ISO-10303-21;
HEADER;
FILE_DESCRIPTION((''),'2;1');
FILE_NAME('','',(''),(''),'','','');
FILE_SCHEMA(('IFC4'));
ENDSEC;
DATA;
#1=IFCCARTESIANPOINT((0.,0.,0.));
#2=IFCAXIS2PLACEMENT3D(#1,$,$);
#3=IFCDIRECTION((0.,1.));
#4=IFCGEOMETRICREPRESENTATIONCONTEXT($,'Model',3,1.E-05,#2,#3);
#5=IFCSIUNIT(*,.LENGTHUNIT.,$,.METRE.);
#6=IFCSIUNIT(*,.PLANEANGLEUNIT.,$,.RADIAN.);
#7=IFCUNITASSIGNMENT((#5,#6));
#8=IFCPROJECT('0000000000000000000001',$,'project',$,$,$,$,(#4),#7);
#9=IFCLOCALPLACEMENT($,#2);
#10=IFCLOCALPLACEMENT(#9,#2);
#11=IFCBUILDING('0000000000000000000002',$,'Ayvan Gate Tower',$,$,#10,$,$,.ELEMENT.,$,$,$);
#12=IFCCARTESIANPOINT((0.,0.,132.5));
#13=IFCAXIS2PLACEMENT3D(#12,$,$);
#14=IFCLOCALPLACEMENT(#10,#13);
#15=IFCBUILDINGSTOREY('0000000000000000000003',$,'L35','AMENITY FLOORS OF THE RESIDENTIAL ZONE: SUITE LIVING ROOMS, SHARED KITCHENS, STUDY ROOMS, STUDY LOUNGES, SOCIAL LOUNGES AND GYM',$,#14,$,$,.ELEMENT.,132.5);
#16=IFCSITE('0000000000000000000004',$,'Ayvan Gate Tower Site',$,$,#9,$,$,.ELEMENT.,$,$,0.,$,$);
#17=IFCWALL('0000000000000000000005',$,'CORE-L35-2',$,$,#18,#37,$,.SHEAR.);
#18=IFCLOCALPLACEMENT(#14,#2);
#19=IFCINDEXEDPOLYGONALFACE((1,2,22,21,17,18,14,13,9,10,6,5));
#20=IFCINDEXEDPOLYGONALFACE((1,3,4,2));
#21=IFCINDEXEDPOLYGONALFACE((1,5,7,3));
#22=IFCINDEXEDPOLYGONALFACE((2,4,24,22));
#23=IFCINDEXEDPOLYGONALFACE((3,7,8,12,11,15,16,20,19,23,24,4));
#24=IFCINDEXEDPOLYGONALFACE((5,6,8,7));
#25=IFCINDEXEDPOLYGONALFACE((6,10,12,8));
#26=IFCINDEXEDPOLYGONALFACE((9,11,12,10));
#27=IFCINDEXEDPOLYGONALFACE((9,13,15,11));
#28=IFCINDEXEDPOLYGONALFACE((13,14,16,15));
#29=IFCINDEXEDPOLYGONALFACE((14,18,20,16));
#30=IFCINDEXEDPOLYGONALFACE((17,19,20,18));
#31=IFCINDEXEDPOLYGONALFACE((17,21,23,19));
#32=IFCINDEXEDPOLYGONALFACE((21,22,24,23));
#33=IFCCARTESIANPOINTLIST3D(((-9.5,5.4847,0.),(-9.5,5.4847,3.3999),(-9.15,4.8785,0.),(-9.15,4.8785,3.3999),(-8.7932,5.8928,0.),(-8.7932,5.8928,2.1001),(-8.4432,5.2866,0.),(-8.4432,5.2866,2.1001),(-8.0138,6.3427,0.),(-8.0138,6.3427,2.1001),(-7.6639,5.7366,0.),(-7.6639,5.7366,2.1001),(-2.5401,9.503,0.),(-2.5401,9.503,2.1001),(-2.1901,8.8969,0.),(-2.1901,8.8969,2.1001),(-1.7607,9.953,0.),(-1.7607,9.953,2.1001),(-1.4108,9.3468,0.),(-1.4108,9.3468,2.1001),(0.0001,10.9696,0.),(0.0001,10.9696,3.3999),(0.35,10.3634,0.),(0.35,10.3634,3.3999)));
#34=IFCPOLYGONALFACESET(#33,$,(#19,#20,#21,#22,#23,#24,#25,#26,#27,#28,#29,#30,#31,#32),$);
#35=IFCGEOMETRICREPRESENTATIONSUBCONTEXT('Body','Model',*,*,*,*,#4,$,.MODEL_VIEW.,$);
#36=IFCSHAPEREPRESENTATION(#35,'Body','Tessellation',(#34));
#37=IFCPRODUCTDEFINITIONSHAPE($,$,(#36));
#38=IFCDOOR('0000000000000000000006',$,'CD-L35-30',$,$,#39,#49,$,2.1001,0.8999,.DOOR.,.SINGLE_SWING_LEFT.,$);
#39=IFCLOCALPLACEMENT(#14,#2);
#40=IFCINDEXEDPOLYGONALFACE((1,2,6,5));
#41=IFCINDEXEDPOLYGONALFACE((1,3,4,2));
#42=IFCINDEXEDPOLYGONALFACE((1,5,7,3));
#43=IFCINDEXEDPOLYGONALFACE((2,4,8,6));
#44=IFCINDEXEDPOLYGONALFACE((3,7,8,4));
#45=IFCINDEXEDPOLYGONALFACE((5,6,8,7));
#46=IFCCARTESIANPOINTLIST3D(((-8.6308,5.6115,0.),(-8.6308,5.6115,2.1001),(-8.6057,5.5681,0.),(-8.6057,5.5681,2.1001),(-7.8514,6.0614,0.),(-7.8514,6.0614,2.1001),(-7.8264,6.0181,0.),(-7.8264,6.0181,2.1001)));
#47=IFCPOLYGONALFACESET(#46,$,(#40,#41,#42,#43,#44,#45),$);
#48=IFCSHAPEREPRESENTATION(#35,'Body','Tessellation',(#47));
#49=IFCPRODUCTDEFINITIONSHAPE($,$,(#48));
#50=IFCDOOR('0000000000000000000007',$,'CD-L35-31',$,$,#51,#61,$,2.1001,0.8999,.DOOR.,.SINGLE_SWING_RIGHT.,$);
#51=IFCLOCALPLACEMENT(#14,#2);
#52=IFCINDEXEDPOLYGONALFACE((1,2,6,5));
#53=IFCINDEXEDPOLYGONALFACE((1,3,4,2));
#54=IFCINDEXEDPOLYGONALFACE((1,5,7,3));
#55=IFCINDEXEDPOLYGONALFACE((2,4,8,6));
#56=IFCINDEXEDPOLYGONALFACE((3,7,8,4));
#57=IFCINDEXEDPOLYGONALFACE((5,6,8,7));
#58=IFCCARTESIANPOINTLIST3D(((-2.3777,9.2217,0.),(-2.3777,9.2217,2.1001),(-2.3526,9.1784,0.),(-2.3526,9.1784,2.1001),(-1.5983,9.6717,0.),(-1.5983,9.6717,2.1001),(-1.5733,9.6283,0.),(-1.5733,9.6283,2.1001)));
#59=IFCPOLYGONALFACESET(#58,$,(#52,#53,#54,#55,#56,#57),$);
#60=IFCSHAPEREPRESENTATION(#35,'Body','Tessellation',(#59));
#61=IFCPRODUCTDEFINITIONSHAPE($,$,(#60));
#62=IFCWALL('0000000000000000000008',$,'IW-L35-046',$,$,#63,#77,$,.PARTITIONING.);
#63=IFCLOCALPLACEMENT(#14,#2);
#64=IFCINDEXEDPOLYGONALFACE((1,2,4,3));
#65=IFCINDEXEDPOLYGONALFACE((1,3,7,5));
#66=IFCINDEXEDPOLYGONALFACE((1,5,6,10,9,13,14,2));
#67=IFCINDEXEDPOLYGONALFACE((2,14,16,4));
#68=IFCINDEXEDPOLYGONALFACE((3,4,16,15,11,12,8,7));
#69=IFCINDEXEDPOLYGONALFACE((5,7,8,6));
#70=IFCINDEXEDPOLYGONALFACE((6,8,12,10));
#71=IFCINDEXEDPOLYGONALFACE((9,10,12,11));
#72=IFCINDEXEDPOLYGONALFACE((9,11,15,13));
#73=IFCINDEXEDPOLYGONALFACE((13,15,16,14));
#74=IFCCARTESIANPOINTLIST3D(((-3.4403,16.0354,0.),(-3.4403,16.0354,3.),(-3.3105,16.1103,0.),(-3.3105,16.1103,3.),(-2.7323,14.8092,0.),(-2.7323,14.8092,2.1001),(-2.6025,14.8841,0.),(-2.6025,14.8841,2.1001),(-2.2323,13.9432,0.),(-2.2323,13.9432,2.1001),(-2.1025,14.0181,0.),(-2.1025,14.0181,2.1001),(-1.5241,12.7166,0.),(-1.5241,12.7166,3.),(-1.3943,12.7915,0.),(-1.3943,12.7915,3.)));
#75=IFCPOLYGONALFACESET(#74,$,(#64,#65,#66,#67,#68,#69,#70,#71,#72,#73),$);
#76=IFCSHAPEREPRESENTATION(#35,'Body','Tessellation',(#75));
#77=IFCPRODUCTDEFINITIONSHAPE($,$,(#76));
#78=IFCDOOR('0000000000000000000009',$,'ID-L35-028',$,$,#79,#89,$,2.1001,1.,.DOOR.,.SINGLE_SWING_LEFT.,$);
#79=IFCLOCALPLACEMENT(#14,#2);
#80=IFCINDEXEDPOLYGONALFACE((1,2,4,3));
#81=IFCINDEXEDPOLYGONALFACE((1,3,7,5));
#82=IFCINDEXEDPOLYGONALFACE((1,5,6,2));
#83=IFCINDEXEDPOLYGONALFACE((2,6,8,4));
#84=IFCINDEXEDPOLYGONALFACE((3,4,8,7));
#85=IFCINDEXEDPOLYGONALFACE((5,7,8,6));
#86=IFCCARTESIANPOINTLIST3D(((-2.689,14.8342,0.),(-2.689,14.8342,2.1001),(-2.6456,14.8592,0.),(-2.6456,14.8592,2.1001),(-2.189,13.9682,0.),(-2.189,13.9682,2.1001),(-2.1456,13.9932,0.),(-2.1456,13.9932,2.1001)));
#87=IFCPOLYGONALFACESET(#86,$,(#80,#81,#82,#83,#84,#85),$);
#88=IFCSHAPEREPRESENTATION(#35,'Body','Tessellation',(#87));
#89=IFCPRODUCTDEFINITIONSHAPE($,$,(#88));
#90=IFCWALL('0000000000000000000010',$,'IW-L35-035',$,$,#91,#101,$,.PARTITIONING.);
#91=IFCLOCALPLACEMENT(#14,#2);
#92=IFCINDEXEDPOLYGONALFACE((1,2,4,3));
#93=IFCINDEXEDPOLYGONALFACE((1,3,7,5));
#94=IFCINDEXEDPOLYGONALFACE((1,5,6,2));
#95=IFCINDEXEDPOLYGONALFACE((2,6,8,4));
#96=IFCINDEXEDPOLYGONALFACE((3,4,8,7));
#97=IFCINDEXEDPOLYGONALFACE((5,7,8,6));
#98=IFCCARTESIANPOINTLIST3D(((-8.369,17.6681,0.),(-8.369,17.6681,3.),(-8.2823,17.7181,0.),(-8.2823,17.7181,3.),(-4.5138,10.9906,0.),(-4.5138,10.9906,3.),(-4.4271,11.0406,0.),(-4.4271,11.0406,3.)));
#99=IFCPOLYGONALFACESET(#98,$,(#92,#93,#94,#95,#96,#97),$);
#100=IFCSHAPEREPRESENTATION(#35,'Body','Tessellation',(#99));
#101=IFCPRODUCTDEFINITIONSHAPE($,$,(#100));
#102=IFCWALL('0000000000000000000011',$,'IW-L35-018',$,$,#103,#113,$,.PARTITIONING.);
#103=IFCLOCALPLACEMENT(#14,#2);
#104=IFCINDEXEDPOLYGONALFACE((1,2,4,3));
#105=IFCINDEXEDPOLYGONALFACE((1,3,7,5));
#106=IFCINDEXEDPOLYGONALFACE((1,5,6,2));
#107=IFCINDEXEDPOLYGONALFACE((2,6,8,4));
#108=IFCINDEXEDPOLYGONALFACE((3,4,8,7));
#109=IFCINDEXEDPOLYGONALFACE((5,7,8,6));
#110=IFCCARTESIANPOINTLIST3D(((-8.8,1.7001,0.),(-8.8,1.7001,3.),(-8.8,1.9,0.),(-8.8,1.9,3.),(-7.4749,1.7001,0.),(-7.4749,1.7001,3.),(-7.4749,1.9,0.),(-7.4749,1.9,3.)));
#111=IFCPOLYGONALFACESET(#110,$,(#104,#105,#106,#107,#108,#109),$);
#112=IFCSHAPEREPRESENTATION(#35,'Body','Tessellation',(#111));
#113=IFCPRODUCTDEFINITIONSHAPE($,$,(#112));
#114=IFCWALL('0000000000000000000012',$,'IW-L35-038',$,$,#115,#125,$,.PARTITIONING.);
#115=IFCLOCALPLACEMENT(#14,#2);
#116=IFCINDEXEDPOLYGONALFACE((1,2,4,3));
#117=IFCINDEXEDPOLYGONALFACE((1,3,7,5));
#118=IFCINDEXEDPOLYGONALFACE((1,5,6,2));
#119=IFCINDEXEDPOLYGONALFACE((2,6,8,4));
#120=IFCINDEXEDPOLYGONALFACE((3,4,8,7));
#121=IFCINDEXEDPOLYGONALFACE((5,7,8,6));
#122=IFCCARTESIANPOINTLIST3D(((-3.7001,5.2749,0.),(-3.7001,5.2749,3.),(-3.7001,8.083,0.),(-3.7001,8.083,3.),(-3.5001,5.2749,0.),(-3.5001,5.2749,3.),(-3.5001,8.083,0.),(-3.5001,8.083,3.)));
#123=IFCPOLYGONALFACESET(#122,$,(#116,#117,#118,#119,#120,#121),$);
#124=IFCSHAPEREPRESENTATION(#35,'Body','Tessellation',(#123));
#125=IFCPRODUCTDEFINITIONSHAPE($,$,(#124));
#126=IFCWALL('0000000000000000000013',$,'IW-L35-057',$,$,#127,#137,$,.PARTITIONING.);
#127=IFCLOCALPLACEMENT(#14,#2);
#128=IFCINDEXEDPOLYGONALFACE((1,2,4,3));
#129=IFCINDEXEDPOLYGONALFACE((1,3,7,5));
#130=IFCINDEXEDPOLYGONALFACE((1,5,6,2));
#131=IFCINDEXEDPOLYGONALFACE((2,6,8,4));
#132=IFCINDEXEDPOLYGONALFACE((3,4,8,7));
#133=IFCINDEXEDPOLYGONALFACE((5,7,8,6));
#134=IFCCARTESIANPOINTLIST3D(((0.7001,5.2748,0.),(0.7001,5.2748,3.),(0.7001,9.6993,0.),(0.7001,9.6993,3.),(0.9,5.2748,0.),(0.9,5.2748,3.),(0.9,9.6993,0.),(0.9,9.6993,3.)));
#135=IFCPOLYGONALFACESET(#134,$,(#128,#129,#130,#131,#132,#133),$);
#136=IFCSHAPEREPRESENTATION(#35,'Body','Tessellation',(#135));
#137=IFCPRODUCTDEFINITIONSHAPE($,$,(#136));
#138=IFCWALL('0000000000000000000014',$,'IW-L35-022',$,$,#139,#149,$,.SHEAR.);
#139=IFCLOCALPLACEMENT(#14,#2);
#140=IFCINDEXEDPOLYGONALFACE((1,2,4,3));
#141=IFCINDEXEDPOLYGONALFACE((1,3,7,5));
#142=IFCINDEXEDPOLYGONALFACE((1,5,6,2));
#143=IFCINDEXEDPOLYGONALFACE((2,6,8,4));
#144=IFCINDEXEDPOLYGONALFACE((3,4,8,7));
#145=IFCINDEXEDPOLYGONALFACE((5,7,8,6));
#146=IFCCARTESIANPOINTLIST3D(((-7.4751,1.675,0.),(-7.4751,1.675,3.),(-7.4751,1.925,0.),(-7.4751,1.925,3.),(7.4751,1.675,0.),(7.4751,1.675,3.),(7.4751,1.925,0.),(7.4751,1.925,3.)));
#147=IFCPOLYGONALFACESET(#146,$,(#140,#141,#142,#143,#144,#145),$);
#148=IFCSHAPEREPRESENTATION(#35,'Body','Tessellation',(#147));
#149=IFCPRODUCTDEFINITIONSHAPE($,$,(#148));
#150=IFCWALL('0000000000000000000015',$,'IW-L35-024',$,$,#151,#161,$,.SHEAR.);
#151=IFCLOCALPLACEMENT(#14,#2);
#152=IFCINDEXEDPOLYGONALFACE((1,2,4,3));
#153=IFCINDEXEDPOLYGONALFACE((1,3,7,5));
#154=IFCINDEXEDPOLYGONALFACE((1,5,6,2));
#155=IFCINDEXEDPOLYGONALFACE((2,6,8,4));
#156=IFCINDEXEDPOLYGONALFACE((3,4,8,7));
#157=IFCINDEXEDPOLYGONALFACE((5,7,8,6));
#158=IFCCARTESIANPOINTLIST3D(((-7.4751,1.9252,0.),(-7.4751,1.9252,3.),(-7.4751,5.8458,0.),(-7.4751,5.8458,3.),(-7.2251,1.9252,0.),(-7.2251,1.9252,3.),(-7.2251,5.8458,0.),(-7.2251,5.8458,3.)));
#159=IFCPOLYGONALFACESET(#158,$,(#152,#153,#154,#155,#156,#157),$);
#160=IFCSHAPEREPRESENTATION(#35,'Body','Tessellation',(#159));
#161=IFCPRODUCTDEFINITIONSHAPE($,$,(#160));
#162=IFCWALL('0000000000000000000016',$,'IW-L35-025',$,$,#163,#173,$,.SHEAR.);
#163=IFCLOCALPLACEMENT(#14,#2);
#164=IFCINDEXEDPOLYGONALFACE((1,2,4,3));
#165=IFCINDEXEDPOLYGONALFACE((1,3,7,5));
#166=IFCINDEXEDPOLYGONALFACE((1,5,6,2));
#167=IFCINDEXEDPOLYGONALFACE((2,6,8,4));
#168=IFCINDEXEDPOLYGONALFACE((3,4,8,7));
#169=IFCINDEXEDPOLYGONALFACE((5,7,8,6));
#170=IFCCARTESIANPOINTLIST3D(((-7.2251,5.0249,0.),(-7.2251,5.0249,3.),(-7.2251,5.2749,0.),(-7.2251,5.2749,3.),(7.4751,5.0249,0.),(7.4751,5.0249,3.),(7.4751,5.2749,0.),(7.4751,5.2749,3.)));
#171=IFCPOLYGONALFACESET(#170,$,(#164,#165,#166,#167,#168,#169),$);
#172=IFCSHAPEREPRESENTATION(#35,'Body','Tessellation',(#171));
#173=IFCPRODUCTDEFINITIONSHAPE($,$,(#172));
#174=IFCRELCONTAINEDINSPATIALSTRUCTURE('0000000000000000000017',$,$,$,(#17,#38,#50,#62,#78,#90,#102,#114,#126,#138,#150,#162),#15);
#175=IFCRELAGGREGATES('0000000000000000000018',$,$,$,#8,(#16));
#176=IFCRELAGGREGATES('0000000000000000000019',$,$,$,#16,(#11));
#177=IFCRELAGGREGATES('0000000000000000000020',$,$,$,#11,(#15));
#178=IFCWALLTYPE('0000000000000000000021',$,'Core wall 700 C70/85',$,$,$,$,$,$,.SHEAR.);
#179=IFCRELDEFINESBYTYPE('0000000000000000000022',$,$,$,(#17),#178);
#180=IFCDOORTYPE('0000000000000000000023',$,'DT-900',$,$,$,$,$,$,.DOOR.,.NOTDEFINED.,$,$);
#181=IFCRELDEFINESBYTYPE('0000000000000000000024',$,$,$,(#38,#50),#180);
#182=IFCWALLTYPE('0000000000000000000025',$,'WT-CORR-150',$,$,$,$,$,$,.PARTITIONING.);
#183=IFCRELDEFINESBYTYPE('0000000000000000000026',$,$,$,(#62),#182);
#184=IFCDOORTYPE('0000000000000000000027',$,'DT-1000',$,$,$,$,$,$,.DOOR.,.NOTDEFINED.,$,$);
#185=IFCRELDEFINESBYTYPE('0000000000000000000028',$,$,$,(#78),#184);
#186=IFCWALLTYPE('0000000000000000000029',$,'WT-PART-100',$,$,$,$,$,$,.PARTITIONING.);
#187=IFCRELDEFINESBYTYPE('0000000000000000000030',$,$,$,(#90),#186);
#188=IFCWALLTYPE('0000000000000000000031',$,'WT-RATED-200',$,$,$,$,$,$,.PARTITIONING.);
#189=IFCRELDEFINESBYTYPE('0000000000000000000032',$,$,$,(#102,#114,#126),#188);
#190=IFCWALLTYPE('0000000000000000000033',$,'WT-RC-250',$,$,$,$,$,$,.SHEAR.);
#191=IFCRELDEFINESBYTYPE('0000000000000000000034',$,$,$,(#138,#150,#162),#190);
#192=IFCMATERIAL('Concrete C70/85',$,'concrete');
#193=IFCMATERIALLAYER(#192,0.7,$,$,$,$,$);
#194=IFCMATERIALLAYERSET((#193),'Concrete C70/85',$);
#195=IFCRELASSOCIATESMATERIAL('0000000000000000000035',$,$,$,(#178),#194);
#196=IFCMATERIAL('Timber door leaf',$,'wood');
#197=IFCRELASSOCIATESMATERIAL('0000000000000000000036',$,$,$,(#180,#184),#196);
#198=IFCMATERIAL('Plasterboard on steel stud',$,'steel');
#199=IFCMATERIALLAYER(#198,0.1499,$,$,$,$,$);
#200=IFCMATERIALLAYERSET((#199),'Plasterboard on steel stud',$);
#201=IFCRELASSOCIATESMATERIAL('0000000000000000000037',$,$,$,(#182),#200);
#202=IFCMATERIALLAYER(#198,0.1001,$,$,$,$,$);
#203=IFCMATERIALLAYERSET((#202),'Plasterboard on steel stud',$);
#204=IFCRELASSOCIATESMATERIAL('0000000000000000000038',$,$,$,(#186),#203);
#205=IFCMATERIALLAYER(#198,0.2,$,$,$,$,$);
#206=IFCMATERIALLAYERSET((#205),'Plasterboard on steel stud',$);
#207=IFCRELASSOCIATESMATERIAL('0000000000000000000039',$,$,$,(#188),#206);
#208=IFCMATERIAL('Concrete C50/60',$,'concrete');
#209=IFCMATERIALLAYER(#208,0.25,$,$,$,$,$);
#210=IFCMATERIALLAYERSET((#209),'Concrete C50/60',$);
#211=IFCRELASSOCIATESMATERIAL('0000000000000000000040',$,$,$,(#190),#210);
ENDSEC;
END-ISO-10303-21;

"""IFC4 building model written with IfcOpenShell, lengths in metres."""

from ifc_helpers import new_model, si_unit, direction, frame, frame_2d, origin, place, context, subcontext, project, spatial, rectangle, extrude, material, layer, layer_set, type_object, element, fill, save


model = new_model("IFC4")

# Units and contexts
model_context = context("Model", 3, precision=1e-05, world=origin(), true_north=direction((0.0, 1.0)))
body_context = subcontext(model_context, "Body", "Model", "MODEL_VIEW")
ifc_project = project(units=[si_unit("LENGTHUNIT", "METRE"), si_unit("PLANEANGLEUNIT", "RADIAN")], contexts=[model_context])

# Site, building, storey
site_placement = place(None, origin())
site = spatial("IfcSite", under=ifc_project, at=site_placement, Name="Ayvan Gate Tower Site", CompositionType="ELEMENT", RefElevation=0.0)
building_placement = place(site_placement, origin())
building = spatial("IfcBuilding", under=site, at=building_placement, Name="Ayvan Gate Tower", CompositionType="ELEMENT")
storey_placement = place(building_placement, frame((0.0, 0.0, 132.5)))
storey = spatial("IfcBuildingStorey", under=building, at=storey_placement, Name="L35", Description="AMENITY FLOORS OF THE RESIDENTIAL ZONE: SUITE LIVING ROOMS, SHARED KITCHENS, STUDY ROOMS, STUDY LOUNGES, SOCIAL LOUNGES AND GYM", CompositionType="ELEMENT", Elevation=132.5)

# Wall, openings, doors
ifc_material_1 = material(Name="Concrete C70/85", Category="concrete")
ifc_layer_1 = layer(ifc_material_1, 0.7)
ifc_layer_set_1 = layer_set([ifc_layer_1], Name="Concrete C70/85")
wall_type_1 = type_object("IfcWallType", Name="Core wall 700 C70/85", PredefinedType="SHEAR", material=ifc_layer_set_1)
wall_1_placement = place(storey_placement, frame((0.175, 10.6665, 0.0), z_axis=(0.0, 0.0, 1.0), x_axis=(-0.866024, -0.500002, 0.0)))
wall_1 = element("IfcWall", 1, at=wall_1_placement, inside=storey, type_object=wall_type_1, Name="CORE-L35-2", PredefinedType="SHEAR", context=body_context, shape_type="SweptSolid", body=[
    extrude(rectangle(XDim=10.9697, YDim=0.7, at=frame_2d((5.4849, 0.0))), origin(), (0.0, 0.0, 1.0), 3.3999),
])
opening_1_placement = place(wall_1_placement, frame((9.2537, 0.0, 0.0)))
opening_1 = element("IfcOpeningElement", 2, at=opening_1_placement, cuts=wall_1, PredefinedType="OPENING", context=body_context, shape_type="SweptSolid", body=[
    extrude(rectangle(XDim=0.8999, YDim=2.1001, at=frame_2d((0.45, 1.05))), frame((0.0, 0.3599, 0.0), z_axis=(0.0, -1.0, 0.0), x_axis=(1.0, 0.0, 0.0)), (0.0, 0.0, 1.0), 0.72),
])
opening_2_placement = place(wall_1_placement, frame((2.0332, 0.0, 0.0)))
opening_2 = element("IfcOpeningElement", 3, at=opening_2_placement, cuts=wall_1, PredefinedType="OPENING", context=body_context, shape_type="SweptSolid", body=[
    extrude(rectangle(XDim=0.8999, YDim=2.1001, at=frame_2d((0.45, 1.05))), frame((0.0, 0.3599, 0.0), z_axis=(0.0, -1.0, 0.0), x_axis=(1.0, 0.0, 0.0)), (0.0, 0.0, 1.0), 0.72),
])
ifc_material_2 = material(Name="Timber door leaf", Category="wood")
door_type_1 = type_object("IfcDoorType", Name="DT-900", OperationType="NOTDEFINED", PredefinedType="DOOR", material=ifc_material_2)
door_1_placement = place(opening_1_placement, origin())
door_1 = element("IfcDoor", 4, at=door_1_placement, inside=storey, type_object=door_type_1, Name="CD-L35-30", OperationType="SINGLE_SWING_LEFT", OverallHeight=2.1001, OverallWidth=0.8999, PredefinedType="DOOR", context=body_context, shape_type="SweptSolid", body=[
    extrude(rectangle(XDim=0.8999, YDim=2.1001, at=frame_2d((0.45, 1.05))), frame((0.0, 0.0249, 0.0), z_axis=(0.0, -1.0, 0.0), x_axis=(1.0, 0.0, 0.0)), (0.0, 0.0, 1.0), 0.05),
])
fill(opening_1, door_1)
door_2_placement = place(opening_2_placement, origin())
door_2 = element("IfcDoor", 5, at=door_2_placement, inside=storey, type_object=door_type_1, Name="CD-L35-31", OperationType="SINGLE_SWING_RIGHT", OverallHeight=2.1001, OverallWidth=0.8999, PredefinedType="DOOR", context=body_context, shape_type="SweptSolid", body=[
    extrude(rectangle(XDim=0.8999, YDim=2.1001, at=frame_2d((0.45, 1.05))), frame((0.0, 0.0249, 0.0), z_axis=(0.0, -1.0, 0.0), x_axis=(1.0, 0.0, 0.0)), (0.0, 0.0, 1.0), 0.05),
])
fill(opening_2, door_2)

# Wall, opening, door
ifc_material_3 = material(Name="Plasterboard on steel stud", Category="steel")
ifc_layer_2 = layer(ifc_material_3, 0.1499)
ifc_layer_set_2 = layer_set([ifc_layer_2], Name="Plasterboard on steel stud")
wall_type_2 = type_object("IfcWallType", Name="WT-CORR-150", PredefinedType="PARTITIONING", material=ifc_layer_set_2)
wall_2_placement = place(storey_placement, frame((-1.4592, 12.7542, 0.0), z_axis=(0.0, 0.0, 1.0), x_axis=(-0.500024, 0.866012, 0.0)))
wall_2 = element("IfcWall", 6, at=wall_2_placement, inside=storey, type_object=wall_type_2, Name="IW-L35-046", PredefinedType="PARTITIONING", context=body_context, shape_type="SweptSolid", body=[
    extrude(rectangle(XDim=3.8323, YDim=0.1499, at=frame_2d((1.916, 0.0))), origin(), (0.0, 0.0, 1.0), 3.0),
])
opening_3_placement = place(wall_2_placement, frame((1.4163, 0.0, 0.0)))
opening_3 = element("IfcOpeningElement", 7, at=opening_3_placement, cuts=wall_2, PredefinedType="OPENING", context=body_context, shape_type="SweptSolid", body=[
    extrude(rectangle(XDim=1.0, YDim=2.1001, at=frame_2d((0.5, 1.05))), frame((0.0, 0.085, 0.0), z_axis=(0.0, -1.0, 0.0), x_axis=(1.0, 0.0, 0.0)), (0.0, 0.0, 1.0), 0.1699),
])
door_type_2 = type_object("IfcDoorType", Name="DT-1000", OperationType="NOTDEFINED", PredefinedType="DOOR", material=ifc_material_2)
door_3_placement = place(opening_3_placement, origin())
door_3 = element("IfcDoor", 8, at=door_3_placement, inside=storey, type_object=door_type_2, Name="ID-L35-028", OperationType="SINGLE_SWING_LEFT", OverallHeight=2.1001, OverallWidth=1.0, PredefinedType="DOOR", context=body_context, shape_type="SweptSolid", body=[
    extrude(rectangle(XDim=1.0, YDim=2.1001, at=frame_2d((0.5, 1.05))), frame((0.0, 0.0249, 0.0), z_axis=(0.0, -1.0, 0.0), x_axis=(1.0, 0.0, 0.0)), (0.0, 0.0, 1.0), 0.05),
])
fill(opening_3, door_3)

# Walls
ifc_layer_3 = layer(ifc_material_3, 0.1001)
ifc_layer_set_3 = layer_set([ifc_layer_3], Name="Plasterboard on steel stud")
wall_type_3 = type_object("IfcWallType", Name="WT-PART-100", PredefinedType="PARTITIONING", material=ifc_layer_set_3)
wall_3_placement = place(storey_placement, frame((-4.4705, 11.0156, 0.0), z_axis=(0.0, 0.0, 1.0), x_axis=(-0.499997, 0.866027, 0.0)))
element("IfcWall", 9, at=wall_3_placement, inside=storey, type_object=wall_type_3, Name="IW-L35-035", PredefinedType="PARTITIONING", context=body_context, shape_type="SweptSolid", body=[
    extrude(rectangle(XDim=7.7104, YDim=0.1001, at=frame_2d((3.8552, 0.0))), origin(), (0.0, 0.0, 1.0), 3.0),
])
ifc_layer_4 = layer(ifc_material_3, 0.2)
ifc_layer_set_4 = layer_set([ifc_layer_4], Name="Plasterboard on steel stud")
wall_type_4 = type_object("IfcWallType", Name="WT-RATED-200", PredefinedType="PARTITIONING", material=ifc_layer_set_4)
wall_4_placement = place(storey_placement, frame((-8.8, 1.8, 0.0), z_axis=(0.0, 0.0, 1.0), x_axis=(1.0, 0.0, 0.0)))
element("IfcWall", 10, at=wall_4_placement, inside=storey, type_object=wall_type_4, Name="IW-L35-018", PredefinedType="PARTITIONING", context=body_context, shape_type="SweptSolid", body=[
    extrude(rectangle(XDim=1.3252, YDim=0.2, at=frame_2d((0.6626, 0.0))), origin(), (0.0, 0.0, 1.0), 3.0),
])
wall_5_placement = place(storey_placement, frame((-3.6001, 8.083, 0.0), z_axis=(0.0, 0.0, 1.0), x_axis=(0.0, -1.0, 0.0)))
element("IfcWall", 11, at=wall_5_placement, inside=storey, type_object=wall_type_4, Name="IW-L35-038", PredefinedType="PARTITIONING", context=body_context, shape_type="SweptSolid", body=[
    extrude(rectangle(XDim=2.8081, YDim=0.2, at=frame_2d((1.4041, 0.0))), origin(), (0.0, 0.0, 1.0), 3.0),
])
wall_6_placement = place(storey_placement, frame((0.8, 9.6995, 0.0), z_axis=(0.0, 0.0, 1.0), x_axis=(0.0, -1.0, 0.0)))
element("IfcWall", 12, at=wall_6_placement, inside=storey, type_object=wall_type_4, Name="IW-L35-057", PredefinedType="PARTITIONING", context=body_context, shape_type="SweptSolid", body=[
    extrude(rectangle(XDim=4.4246, YDim=0.2, at=frame_2d((2.2124, 0.0))), origin(), (0.0, 0.0, 1.0), 3.0),
])
ifc_material_4 = material(Name="Concrete C50/60", Category="concrete")
ifc_layer_5 = layer(ifc_material_4, 0.25)
ifc_layer_set_5 = layer_set([ifc_layer_5], Name="Concrete C50/60")
wall_type_5 = type_object("IfcWallType", Name="WT-RC-250", PredefinedType="SHEAR", material=ifc_layer_set_5)
wall_7_placement = place(storey_placement, frame((-7.4751, 1.8, 0.0), z_axis=(0.0, 0.0, 1.0), x_axis=(1.0, 0.0, 0.0)))
element("IfcWall", 13, at=wall_7_placement, inside=storey, type_object=wall_type_5, Name="IW-L35-022", PredefinedType="SHEAR", context=body_context, shape_type="SweptSolid", body=[
    extrude(rectangle(XDim=14.9502, YDim=0.25, at=frame_2d((7.4751, 0.0))), origin(), (0.0, 0.0, 1.0), 3.0),
])
wall_8_placement = place(storey_placement, frame((-7.3501, 1.925, 0.0), z_axis=(0.0, 0.0, 1.0), x_axis=(0.0, 1.0, 0.0)))
element("IfcWall", 14, at=wall_8_placement, inside=storey, type_object=wall_type_5, Name="IW-L35-024", PredefinedType="SHEAR", context=body_context, shape_type="SweptSolid", body=[
    extrude(rectangle(XDim=3.9207, YDim=0.25, at=frame_2d((1.9604, 0.0))), origin(), (0.0, 0.0, 1.0), 3.0),
])
wall_9_placement = place(storey_placement, frame((-7.2251, 5.1499, 0.0), z_axis=(0.0, 0.0, 1.0), x_axis=(1.0, 0.0, 0.0)))
element("IfcWall", 15, at=wall_9_placement, inside=storey, type_object=wall_type_5, Name="IW-L35-025", PredefinedType="SHEAR", context=body_context, shape_type="SweptSolid", body=[
    extrude(rectangle(XDim=14.7002, YDim=0.25, at=frame_2d((7.3501, 0.0))), origin(), (0.0, 0.0, 1.0), 3.0),
])

save(model, "model.ifc")
